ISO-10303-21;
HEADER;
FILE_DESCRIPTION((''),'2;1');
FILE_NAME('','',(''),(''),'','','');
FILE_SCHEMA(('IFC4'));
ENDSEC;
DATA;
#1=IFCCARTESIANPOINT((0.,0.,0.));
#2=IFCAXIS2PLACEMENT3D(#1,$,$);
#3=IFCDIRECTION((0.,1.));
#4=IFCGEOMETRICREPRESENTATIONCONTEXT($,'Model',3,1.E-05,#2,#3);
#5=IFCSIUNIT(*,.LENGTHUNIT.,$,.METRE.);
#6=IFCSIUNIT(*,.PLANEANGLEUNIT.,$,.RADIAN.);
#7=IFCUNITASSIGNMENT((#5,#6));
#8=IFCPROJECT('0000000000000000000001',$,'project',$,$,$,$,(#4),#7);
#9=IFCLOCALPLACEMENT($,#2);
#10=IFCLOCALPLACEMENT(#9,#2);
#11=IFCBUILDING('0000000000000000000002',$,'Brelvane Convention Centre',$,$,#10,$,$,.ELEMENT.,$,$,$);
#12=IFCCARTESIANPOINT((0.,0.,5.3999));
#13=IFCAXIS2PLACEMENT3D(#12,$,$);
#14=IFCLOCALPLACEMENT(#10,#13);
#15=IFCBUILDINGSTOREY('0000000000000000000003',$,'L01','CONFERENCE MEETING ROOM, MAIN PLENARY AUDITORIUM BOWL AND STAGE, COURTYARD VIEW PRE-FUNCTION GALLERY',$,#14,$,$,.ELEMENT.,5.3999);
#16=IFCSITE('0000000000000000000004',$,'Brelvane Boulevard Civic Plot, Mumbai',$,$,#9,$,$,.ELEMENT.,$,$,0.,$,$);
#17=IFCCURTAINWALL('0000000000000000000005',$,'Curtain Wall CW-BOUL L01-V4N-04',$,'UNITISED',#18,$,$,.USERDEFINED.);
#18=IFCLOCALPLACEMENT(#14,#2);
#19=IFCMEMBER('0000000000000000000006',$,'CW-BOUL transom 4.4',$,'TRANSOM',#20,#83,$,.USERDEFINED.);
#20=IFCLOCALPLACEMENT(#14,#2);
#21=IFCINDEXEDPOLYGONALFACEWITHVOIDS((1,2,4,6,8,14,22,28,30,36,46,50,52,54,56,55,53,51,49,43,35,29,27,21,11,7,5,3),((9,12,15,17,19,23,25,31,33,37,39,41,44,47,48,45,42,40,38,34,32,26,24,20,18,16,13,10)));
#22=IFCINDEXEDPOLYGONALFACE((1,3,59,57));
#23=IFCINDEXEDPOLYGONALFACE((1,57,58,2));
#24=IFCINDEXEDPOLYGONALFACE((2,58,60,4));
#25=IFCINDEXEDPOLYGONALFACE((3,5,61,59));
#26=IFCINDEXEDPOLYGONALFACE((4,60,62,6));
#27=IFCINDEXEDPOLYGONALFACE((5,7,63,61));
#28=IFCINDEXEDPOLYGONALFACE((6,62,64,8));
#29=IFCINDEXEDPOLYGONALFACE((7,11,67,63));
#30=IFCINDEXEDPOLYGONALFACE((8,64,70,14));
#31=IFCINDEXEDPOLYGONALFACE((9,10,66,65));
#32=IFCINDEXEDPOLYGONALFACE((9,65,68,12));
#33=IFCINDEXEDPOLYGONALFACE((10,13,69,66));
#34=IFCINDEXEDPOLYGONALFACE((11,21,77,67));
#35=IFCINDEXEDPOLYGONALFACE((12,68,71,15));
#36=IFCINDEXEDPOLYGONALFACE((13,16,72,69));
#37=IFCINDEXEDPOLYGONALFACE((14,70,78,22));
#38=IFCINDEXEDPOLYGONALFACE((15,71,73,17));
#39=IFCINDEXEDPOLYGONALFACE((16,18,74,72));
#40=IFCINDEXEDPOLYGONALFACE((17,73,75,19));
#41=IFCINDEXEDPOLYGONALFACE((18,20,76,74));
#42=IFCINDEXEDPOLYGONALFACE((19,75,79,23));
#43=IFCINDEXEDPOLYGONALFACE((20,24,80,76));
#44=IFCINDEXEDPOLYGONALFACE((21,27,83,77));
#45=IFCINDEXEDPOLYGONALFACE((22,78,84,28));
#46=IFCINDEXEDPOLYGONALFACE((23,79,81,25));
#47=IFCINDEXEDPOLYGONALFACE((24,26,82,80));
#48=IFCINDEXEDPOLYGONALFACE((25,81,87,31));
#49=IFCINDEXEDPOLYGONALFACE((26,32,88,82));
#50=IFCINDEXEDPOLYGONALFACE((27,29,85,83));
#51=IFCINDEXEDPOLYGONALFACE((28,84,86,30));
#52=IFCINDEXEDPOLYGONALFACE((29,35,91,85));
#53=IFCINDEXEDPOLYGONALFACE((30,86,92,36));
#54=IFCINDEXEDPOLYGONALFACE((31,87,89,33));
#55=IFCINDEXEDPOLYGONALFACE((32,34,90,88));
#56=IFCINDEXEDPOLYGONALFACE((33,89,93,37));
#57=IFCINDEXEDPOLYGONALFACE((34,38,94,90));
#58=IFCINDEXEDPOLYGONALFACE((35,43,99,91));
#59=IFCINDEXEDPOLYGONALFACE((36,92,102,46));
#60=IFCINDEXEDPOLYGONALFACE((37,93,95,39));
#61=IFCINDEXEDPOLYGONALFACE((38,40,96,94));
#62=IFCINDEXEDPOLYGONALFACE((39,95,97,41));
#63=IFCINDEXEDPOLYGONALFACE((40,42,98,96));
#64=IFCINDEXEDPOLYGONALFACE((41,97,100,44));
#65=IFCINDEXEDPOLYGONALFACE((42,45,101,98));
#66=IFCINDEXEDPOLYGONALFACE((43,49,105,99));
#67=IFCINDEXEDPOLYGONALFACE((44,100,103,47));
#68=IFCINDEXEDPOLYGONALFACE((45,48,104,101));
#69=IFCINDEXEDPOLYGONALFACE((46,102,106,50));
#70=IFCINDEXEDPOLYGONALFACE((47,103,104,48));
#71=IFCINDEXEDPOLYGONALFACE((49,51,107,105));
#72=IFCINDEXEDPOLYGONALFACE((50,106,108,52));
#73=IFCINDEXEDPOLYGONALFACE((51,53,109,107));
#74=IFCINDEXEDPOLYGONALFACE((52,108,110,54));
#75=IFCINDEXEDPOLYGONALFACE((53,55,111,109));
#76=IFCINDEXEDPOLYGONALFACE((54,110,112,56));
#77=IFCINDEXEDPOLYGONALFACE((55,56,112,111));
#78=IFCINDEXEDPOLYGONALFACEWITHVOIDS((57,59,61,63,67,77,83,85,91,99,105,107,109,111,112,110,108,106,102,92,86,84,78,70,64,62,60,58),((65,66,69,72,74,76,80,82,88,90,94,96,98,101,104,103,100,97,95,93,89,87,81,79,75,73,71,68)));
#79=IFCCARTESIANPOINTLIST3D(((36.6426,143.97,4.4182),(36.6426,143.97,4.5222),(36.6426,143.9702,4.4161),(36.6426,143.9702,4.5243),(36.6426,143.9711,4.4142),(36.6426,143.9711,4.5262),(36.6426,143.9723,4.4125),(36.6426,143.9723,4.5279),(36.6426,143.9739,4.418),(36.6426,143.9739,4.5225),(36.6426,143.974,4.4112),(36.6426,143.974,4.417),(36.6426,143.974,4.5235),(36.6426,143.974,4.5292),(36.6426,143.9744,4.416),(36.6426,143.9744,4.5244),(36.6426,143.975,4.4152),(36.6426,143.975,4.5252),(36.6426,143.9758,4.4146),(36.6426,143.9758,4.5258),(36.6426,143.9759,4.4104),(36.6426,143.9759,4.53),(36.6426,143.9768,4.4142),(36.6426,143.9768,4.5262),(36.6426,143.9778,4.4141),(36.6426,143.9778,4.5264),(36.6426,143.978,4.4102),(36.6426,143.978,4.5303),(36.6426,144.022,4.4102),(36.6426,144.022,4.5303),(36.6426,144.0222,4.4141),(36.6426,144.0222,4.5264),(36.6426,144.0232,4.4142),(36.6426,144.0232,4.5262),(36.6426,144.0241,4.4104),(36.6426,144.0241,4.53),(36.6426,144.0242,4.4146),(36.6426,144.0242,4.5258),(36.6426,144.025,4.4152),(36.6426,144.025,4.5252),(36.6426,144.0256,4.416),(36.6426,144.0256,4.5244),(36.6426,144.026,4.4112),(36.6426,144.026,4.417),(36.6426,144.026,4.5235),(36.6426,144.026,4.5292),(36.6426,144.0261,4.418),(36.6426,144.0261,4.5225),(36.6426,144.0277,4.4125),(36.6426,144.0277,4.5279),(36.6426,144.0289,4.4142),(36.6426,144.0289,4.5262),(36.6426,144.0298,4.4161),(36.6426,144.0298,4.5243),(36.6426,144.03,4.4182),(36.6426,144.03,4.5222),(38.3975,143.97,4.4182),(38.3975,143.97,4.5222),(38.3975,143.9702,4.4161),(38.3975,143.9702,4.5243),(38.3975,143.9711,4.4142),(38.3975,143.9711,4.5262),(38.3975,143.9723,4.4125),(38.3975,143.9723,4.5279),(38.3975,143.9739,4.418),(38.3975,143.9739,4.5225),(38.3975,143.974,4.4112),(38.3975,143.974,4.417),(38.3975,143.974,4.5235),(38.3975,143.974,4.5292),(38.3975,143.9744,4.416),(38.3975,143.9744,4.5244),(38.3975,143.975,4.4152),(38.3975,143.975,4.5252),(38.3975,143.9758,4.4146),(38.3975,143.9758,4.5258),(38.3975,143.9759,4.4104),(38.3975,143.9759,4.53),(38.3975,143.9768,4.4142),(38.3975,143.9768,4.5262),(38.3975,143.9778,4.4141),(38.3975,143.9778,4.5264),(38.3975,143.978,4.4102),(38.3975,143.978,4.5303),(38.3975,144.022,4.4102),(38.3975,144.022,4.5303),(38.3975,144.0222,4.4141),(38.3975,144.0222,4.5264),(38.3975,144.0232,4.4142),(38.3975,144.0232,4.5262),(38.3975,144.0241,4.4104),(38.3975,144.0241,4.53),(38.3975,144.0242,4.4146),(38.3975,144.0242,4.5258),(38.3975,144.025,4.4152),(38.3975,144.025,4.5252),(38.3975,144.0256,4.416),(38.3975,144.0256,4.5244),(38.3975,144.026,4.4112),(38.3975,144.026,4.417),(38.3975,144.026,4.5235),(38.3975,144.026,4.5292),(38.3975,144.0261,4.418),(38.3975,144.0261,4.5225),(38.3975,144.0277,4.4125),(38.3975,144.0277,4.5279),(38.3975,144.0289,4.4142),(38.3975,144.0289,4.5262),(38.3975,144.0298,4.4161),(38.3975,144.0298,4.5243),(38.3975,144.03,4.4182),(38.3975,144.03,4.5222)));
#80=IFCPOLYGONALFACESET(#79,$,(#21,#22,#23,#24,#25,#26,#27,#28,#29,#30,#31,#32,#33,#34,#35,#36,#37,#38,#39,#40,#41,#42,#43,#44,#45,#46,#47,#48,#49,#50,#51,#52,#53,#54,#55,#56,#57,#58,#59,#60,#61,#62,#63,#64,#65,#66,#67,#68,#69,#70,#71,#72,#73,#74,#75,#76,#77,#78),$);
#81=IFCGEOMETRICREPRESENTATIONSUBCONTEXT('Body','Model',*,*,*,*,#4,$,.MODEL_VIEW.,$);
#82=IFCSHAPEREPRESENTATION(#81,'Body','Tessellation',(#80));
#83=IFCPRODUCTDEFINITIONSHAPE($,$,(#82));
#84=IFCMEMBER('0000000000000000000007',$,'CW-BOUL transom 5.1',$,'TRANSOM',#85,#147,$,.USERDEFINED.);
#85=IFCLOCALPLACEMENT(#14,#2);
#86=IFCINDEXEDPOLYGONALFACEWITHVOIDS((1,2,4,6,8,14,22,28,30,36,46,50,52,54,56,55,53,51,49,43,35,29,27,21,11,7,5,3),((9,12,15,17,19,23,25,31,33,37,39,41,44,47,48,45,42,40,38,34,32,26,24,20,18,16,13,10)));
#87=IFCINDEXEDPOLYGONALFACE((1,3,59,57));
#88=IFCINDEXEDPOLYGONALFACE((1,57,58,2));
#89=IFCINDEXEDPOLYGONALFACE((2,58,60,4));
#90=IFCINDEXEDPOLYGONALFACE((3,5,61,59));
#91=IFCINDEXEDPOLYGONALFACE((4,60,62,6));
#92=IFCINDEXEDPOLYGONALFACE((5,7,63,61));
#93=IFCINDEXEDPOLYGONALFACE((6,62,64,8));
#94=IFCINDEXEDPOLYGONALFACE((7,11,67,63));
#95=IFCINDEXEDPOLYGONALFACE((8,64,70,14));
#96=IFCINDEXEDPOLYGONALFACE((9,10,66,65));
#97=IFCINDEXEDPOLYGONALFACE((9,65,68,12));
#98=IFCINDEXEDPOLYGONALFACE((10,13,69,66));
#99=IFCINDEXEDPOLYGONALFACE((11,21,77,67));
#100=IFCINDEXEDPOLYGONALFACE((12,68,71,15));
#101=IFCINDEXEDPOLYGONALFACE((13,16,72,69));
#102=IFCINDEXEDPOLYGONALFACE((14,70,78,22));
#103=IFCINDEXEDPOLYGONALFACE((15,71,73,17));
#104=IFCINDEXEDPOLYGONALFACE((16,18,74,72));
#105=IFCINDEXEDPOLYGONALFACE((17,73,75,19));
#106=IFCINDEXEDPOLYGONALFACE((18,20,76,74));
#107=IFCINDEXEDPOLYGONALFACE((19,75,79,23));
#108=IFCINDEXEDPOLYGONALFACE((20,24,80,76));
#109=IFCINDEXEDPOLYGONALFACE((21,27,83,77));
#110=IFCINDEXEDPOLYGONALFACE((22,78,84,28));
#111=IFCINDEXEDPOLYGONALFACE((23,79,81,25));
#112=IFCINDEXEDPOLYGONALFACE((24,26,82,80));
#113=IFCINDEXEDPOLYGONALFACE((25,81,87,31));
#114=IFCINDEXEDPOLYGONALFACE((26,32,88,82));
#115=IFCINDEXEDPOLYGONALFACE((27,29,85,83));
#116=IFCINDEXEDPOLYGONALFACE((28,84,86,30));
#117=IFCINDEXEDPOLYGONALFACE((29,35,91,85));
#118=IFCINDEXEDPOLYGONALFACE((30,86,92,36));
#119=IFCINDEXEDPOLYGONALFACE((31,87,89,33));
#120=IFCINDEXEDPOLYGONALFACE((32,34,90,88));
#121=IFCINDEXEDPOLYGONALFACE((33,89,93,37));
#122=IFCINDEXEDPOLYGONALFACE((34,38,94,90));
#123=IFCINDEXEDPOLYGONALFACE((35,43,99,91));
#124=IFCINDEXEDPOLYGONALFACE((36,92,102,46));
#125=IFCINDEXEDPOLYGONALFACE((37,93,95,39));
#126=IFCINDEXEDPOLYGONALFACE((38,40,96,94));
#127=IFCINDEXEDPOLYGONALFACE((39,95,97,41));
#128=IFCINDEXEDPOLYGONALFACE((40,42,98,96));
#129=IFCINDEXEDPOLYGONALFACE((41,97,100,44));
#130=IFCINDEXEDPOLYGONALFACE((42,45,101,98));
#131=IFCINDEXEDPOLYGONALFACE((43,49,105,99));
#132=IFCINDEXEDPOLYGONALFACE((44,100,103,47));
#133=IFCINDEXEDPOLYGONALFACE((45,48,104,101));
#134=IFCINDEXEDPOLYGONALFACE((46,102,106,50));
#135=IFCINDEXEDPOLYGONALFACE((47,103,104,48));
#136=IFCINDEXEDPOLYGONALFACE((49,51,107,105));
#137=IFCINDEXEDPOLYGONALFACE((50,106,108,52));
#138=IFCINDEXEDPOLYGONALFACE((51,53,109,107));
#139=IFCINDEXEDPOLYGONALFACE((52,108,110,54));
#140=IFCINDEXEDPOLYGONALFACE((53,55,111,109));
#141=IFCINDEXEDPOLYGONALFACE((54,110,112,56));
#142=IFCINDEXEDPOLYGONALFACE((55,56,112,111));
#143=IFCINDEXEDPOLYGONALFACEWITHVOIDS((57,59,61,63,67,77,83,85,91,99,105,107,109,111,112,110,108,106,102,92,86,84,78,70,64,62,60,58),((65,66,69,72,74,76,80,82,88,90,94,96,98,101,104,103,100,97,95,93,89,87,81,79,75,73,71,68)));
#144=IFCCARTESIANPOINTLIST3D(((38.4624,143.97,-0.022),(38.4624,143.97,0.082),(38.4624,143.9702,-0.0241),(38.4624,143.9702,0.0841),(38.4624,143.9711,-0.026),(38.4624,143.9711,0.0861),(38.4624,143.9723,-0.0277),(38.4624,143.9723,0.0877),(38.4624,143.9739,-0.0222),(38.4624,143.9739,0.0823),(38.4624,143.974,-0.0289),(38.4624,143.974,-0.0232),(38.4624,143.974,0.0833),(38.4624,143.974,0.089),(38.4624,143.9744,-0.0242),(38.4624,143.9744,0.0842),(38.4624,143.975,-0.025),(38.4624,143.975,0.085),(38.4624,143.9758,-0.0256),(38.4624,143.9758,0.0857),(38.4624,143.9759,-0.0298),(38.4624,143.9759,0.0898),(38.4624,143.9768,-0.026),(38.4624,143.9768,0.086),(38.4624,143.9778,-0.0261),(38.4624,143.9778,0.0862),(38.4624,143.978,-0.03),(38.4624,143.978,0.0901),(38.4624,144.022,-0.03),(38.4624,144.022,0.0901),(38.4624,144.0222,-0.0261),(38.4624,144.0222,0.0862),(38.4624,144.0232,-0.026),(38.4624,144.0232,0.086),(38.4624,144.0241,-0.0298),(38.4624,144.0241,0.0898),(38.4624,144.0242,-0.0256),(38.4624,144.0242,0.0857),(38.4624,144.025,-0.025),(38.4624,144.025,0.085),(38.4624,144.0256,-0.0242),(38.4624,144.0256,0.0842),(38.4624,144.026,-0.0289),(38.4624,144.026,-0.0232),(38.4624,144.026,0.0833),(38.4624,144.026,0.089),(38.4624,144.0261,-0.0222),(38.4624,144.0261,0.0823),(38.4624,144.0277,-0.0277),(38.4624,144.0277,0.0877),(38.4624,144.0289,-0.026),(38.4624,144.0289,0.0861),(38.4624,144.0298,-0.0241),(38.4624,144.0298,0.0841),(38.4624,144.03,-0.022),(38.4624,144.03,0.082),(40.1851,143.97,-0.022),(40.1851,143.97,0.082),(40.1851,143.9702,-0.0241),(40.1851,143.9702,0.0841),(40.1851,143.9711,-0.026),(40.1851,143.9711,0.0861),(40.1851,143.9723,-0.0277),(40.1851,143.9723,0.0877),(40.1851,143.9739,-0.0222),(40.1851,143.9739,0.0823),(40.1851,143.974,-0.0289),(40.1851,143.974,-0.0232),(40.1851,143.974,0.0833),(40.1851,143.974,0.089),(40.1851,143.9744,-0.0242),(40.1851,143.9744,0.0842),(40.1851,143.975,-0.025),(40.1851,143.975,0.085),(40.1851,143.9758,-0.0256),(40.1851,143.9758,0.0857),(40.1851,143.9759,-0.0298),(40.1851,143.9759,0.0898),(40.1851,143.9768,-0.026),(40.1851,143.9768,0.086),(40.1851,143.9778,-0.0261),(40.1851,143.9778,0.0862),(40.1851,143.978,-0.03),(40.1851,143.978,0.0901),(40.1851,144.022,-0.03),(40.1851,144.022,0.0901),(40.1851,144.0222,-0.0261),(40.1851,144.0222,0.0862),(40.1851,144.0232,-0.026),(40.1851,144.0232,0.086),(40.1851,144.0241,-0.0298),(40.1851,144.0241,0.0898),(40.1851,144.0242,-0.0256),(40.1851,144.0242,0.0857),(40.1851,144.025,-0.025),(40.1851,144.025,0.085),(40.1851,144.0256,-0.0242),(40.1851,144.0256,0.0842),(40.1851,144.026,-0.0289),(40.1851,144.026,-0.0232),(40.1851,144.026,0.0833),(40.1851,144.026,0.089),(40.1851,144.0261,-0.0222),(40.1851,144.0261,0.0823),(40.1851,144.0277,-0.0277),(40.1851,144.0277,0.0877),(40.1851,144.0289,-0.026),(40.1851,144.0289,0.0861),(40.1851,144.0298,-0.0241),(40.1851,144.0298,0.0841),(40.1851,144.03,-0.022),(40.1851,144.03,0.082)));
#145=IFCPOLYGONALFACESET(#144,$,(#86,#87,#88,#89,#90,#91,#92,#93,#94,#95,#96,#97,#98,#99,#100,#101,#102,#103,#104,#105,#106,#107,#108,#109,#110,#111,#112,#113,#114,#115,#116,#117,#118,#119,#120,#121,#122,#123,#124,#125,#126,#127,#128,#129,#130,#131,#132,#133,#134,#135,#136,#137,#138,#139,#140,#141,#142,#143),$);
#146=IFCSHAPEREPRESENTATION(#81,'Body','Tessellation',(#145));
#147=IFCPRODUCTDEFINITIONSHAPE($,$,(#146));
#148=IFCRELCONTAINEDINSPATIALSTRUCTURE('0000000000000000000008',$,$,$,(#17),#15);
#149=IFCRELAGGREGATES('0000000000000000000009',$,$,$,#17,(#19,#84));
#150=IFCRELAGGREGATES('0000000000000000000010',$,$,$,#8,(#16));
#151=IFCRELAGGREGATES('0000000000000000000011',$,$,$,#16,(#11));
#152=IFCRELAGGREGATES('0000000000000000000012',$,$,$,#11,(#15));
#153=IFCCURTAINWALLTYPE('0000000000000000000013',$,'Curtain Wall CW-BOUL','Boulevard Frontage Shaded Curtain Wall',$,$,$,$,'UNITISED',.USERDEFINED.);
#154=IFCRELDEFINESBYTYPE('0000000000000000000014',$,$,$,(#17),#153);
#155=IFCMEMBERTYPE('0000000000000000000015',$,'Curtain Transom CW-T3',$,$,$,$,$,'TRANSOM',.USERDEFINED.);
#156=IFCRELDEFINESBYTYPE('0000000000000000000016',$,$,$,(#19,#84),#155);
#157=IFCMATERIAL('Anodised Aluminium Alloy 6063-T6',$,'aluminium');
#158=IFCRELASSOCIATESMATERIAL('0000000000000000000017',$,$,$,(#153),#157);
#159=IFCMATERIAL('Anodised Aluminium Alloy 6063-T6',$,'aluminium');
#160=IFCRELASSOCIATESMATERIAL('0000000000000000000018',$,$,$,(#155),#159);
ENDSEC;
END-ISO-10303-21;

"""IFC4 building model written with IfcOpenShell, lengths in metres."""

from ifc_helpers import new_model, si_unit, direction, frame, origin, origin_2d, place, context, subcontext, project, spatial, hollow_rectangle, extrude, material, material_profile, profile_set, type_object, element, aggregate, save


model = new_model("IFC4")

# Units and contexts
model_context = context("Model", 3, precision=1e-05, world=origin(), true_north=direction((0.0, 1.0)))
body_context = subcontext(model_context, "Body", "Model", "MODEL_VIEW")
ifc_project = project(units=[si_unit("LENGTHUNIT", "METRE"), si_unit("PLANEANGLEUNIT", "RADIAN")], contexts=[model_context])

# Site, building, storey
site_placement = place(None, origin())
site = spatial("IfcSite", under=ifc_project, at=site_placement, Name="Brelvane Boulevard Civic Plot, Mumbai", CompositionType="ELEMENT", RefElevation=0.0)
building_placement = place(site_placement, origin())
building = spatial("IfcBuilding", under=site, at=building_placement, Name="Brelvane Convention Centre", CompositionType="ELEMENT")
storey_placement = place(building_placement, frame((0.0, 0.0, 5.3999)))
storey = spatial("IfcBuildingStorey", under=building, at=storey_placement, Name="L01", Description="CONFERENCE MEETING ROOM, MAIN PLENARY AUDITORIUM BOWL AND STAGE, COURTYARD VIEW PRE-FUNCTION GALLERY", CompositionType="ELEMENT", Elevation=5.3999)

# Curtain wall, members
ifc_material_1 = material(Name="Anodised Aluminium Alloy 6063-T6", Category="aluminium")
curtain_wall_type = type_object("IfcCurtainWallType", Name="Curtain Wall CW-BOUL", Description="Boulevard Frontage Shaded Curtain Wall", ElementType="UNITISED", PredefinedType="USERDEFINED", material=ifc_material_1)
curtain_wall_placement = place(storey_placement, origin())
curtain_wall = element("IfcCurtainWall", 1, at=curtain_wall_placement, inside=storey, type_object=curtain_wall_type, Name="Curtain Wall CW-BOUL L01-V4N-04", ObjectType="UNITISED", PredefinedType="USERDEFINED")
ifc_material_2 = material(Name="Anodised Aluminium Alloy 6063-T6", Category="aluminium")
ifc_material_profile_1 = material_profile(ifc_material_2, hollow_rectangle(XDim=0.0601, YDim=0.1201, WallThickness=0.0039, InnerFilletRadius=0.0039, OuterFilletRadius=0.0081, at=origin_2d()), Name="ALU-T 120x60x4.0")
ifc_profile_set_1 = profile_set([ifc_material_profile_1], Name="Anodised Aluminium Alloy 6063-T6")
member_type_1 = type_object("IfcMemberType", Name="Curtain Transom CW-T3", ElementType="TRANSOM", PredefinedType="USERDEFINED", material=ifc_profile_set_1)
member_1_placement = place(storey_placement, frame((36.6426, 144.0, 4.4702), z_axis=(1.0, 0.0, 0.0), x_axis=(0.0, 1.0, 0.0)))
member_1 = element("IfcMember", 2, at=member_1_placement, type_object=member_type_1, Name="CW-BOUL transom 4.4", ObjectType="TRANSOM", PredefinedType="USERDEFINED", context=body_context, shape_type="SweptSolid", body=[
    extrude(hollow_rectangle(XDim=0.0601, YDim=0.1201, WallThickness=0.0039, InnerFilletRadius=0.0039, OuterFilletRadius=0.0081, at=origin_2d()), origin(), (0.0, 0.0, 1.0), 1.7549),
])
member_2_placement = place(storey_placement, frame((38.4624, 144.0, 0.03), z_axis=(1.0, 0.0, 0.0), x_axis=(0.0, 1.0, 0.0)))
member_2 = element("IfcMember", 3, at=member_2_placement, type_object=member_type_1, Name="CW-BOUL transom 5.1", ObjectType="TRANSOM", PredefinedType="USERDEFINED", context=body_context, shape_type="SweptSolid", body=[
    extrude(hollow_rectangle(XDim=0.0601, YDim=0.1201, WallThickness=0.0039, InnerFilletRadius=0.0039, OuterFilletRadius=0.0081, at=origin_2d()), origin(), (0.0, 0.0, 1.0), 1.7227),
])

aggregate(curtain_wall, [member_1, member_2])

save(model, "model.ifc")
